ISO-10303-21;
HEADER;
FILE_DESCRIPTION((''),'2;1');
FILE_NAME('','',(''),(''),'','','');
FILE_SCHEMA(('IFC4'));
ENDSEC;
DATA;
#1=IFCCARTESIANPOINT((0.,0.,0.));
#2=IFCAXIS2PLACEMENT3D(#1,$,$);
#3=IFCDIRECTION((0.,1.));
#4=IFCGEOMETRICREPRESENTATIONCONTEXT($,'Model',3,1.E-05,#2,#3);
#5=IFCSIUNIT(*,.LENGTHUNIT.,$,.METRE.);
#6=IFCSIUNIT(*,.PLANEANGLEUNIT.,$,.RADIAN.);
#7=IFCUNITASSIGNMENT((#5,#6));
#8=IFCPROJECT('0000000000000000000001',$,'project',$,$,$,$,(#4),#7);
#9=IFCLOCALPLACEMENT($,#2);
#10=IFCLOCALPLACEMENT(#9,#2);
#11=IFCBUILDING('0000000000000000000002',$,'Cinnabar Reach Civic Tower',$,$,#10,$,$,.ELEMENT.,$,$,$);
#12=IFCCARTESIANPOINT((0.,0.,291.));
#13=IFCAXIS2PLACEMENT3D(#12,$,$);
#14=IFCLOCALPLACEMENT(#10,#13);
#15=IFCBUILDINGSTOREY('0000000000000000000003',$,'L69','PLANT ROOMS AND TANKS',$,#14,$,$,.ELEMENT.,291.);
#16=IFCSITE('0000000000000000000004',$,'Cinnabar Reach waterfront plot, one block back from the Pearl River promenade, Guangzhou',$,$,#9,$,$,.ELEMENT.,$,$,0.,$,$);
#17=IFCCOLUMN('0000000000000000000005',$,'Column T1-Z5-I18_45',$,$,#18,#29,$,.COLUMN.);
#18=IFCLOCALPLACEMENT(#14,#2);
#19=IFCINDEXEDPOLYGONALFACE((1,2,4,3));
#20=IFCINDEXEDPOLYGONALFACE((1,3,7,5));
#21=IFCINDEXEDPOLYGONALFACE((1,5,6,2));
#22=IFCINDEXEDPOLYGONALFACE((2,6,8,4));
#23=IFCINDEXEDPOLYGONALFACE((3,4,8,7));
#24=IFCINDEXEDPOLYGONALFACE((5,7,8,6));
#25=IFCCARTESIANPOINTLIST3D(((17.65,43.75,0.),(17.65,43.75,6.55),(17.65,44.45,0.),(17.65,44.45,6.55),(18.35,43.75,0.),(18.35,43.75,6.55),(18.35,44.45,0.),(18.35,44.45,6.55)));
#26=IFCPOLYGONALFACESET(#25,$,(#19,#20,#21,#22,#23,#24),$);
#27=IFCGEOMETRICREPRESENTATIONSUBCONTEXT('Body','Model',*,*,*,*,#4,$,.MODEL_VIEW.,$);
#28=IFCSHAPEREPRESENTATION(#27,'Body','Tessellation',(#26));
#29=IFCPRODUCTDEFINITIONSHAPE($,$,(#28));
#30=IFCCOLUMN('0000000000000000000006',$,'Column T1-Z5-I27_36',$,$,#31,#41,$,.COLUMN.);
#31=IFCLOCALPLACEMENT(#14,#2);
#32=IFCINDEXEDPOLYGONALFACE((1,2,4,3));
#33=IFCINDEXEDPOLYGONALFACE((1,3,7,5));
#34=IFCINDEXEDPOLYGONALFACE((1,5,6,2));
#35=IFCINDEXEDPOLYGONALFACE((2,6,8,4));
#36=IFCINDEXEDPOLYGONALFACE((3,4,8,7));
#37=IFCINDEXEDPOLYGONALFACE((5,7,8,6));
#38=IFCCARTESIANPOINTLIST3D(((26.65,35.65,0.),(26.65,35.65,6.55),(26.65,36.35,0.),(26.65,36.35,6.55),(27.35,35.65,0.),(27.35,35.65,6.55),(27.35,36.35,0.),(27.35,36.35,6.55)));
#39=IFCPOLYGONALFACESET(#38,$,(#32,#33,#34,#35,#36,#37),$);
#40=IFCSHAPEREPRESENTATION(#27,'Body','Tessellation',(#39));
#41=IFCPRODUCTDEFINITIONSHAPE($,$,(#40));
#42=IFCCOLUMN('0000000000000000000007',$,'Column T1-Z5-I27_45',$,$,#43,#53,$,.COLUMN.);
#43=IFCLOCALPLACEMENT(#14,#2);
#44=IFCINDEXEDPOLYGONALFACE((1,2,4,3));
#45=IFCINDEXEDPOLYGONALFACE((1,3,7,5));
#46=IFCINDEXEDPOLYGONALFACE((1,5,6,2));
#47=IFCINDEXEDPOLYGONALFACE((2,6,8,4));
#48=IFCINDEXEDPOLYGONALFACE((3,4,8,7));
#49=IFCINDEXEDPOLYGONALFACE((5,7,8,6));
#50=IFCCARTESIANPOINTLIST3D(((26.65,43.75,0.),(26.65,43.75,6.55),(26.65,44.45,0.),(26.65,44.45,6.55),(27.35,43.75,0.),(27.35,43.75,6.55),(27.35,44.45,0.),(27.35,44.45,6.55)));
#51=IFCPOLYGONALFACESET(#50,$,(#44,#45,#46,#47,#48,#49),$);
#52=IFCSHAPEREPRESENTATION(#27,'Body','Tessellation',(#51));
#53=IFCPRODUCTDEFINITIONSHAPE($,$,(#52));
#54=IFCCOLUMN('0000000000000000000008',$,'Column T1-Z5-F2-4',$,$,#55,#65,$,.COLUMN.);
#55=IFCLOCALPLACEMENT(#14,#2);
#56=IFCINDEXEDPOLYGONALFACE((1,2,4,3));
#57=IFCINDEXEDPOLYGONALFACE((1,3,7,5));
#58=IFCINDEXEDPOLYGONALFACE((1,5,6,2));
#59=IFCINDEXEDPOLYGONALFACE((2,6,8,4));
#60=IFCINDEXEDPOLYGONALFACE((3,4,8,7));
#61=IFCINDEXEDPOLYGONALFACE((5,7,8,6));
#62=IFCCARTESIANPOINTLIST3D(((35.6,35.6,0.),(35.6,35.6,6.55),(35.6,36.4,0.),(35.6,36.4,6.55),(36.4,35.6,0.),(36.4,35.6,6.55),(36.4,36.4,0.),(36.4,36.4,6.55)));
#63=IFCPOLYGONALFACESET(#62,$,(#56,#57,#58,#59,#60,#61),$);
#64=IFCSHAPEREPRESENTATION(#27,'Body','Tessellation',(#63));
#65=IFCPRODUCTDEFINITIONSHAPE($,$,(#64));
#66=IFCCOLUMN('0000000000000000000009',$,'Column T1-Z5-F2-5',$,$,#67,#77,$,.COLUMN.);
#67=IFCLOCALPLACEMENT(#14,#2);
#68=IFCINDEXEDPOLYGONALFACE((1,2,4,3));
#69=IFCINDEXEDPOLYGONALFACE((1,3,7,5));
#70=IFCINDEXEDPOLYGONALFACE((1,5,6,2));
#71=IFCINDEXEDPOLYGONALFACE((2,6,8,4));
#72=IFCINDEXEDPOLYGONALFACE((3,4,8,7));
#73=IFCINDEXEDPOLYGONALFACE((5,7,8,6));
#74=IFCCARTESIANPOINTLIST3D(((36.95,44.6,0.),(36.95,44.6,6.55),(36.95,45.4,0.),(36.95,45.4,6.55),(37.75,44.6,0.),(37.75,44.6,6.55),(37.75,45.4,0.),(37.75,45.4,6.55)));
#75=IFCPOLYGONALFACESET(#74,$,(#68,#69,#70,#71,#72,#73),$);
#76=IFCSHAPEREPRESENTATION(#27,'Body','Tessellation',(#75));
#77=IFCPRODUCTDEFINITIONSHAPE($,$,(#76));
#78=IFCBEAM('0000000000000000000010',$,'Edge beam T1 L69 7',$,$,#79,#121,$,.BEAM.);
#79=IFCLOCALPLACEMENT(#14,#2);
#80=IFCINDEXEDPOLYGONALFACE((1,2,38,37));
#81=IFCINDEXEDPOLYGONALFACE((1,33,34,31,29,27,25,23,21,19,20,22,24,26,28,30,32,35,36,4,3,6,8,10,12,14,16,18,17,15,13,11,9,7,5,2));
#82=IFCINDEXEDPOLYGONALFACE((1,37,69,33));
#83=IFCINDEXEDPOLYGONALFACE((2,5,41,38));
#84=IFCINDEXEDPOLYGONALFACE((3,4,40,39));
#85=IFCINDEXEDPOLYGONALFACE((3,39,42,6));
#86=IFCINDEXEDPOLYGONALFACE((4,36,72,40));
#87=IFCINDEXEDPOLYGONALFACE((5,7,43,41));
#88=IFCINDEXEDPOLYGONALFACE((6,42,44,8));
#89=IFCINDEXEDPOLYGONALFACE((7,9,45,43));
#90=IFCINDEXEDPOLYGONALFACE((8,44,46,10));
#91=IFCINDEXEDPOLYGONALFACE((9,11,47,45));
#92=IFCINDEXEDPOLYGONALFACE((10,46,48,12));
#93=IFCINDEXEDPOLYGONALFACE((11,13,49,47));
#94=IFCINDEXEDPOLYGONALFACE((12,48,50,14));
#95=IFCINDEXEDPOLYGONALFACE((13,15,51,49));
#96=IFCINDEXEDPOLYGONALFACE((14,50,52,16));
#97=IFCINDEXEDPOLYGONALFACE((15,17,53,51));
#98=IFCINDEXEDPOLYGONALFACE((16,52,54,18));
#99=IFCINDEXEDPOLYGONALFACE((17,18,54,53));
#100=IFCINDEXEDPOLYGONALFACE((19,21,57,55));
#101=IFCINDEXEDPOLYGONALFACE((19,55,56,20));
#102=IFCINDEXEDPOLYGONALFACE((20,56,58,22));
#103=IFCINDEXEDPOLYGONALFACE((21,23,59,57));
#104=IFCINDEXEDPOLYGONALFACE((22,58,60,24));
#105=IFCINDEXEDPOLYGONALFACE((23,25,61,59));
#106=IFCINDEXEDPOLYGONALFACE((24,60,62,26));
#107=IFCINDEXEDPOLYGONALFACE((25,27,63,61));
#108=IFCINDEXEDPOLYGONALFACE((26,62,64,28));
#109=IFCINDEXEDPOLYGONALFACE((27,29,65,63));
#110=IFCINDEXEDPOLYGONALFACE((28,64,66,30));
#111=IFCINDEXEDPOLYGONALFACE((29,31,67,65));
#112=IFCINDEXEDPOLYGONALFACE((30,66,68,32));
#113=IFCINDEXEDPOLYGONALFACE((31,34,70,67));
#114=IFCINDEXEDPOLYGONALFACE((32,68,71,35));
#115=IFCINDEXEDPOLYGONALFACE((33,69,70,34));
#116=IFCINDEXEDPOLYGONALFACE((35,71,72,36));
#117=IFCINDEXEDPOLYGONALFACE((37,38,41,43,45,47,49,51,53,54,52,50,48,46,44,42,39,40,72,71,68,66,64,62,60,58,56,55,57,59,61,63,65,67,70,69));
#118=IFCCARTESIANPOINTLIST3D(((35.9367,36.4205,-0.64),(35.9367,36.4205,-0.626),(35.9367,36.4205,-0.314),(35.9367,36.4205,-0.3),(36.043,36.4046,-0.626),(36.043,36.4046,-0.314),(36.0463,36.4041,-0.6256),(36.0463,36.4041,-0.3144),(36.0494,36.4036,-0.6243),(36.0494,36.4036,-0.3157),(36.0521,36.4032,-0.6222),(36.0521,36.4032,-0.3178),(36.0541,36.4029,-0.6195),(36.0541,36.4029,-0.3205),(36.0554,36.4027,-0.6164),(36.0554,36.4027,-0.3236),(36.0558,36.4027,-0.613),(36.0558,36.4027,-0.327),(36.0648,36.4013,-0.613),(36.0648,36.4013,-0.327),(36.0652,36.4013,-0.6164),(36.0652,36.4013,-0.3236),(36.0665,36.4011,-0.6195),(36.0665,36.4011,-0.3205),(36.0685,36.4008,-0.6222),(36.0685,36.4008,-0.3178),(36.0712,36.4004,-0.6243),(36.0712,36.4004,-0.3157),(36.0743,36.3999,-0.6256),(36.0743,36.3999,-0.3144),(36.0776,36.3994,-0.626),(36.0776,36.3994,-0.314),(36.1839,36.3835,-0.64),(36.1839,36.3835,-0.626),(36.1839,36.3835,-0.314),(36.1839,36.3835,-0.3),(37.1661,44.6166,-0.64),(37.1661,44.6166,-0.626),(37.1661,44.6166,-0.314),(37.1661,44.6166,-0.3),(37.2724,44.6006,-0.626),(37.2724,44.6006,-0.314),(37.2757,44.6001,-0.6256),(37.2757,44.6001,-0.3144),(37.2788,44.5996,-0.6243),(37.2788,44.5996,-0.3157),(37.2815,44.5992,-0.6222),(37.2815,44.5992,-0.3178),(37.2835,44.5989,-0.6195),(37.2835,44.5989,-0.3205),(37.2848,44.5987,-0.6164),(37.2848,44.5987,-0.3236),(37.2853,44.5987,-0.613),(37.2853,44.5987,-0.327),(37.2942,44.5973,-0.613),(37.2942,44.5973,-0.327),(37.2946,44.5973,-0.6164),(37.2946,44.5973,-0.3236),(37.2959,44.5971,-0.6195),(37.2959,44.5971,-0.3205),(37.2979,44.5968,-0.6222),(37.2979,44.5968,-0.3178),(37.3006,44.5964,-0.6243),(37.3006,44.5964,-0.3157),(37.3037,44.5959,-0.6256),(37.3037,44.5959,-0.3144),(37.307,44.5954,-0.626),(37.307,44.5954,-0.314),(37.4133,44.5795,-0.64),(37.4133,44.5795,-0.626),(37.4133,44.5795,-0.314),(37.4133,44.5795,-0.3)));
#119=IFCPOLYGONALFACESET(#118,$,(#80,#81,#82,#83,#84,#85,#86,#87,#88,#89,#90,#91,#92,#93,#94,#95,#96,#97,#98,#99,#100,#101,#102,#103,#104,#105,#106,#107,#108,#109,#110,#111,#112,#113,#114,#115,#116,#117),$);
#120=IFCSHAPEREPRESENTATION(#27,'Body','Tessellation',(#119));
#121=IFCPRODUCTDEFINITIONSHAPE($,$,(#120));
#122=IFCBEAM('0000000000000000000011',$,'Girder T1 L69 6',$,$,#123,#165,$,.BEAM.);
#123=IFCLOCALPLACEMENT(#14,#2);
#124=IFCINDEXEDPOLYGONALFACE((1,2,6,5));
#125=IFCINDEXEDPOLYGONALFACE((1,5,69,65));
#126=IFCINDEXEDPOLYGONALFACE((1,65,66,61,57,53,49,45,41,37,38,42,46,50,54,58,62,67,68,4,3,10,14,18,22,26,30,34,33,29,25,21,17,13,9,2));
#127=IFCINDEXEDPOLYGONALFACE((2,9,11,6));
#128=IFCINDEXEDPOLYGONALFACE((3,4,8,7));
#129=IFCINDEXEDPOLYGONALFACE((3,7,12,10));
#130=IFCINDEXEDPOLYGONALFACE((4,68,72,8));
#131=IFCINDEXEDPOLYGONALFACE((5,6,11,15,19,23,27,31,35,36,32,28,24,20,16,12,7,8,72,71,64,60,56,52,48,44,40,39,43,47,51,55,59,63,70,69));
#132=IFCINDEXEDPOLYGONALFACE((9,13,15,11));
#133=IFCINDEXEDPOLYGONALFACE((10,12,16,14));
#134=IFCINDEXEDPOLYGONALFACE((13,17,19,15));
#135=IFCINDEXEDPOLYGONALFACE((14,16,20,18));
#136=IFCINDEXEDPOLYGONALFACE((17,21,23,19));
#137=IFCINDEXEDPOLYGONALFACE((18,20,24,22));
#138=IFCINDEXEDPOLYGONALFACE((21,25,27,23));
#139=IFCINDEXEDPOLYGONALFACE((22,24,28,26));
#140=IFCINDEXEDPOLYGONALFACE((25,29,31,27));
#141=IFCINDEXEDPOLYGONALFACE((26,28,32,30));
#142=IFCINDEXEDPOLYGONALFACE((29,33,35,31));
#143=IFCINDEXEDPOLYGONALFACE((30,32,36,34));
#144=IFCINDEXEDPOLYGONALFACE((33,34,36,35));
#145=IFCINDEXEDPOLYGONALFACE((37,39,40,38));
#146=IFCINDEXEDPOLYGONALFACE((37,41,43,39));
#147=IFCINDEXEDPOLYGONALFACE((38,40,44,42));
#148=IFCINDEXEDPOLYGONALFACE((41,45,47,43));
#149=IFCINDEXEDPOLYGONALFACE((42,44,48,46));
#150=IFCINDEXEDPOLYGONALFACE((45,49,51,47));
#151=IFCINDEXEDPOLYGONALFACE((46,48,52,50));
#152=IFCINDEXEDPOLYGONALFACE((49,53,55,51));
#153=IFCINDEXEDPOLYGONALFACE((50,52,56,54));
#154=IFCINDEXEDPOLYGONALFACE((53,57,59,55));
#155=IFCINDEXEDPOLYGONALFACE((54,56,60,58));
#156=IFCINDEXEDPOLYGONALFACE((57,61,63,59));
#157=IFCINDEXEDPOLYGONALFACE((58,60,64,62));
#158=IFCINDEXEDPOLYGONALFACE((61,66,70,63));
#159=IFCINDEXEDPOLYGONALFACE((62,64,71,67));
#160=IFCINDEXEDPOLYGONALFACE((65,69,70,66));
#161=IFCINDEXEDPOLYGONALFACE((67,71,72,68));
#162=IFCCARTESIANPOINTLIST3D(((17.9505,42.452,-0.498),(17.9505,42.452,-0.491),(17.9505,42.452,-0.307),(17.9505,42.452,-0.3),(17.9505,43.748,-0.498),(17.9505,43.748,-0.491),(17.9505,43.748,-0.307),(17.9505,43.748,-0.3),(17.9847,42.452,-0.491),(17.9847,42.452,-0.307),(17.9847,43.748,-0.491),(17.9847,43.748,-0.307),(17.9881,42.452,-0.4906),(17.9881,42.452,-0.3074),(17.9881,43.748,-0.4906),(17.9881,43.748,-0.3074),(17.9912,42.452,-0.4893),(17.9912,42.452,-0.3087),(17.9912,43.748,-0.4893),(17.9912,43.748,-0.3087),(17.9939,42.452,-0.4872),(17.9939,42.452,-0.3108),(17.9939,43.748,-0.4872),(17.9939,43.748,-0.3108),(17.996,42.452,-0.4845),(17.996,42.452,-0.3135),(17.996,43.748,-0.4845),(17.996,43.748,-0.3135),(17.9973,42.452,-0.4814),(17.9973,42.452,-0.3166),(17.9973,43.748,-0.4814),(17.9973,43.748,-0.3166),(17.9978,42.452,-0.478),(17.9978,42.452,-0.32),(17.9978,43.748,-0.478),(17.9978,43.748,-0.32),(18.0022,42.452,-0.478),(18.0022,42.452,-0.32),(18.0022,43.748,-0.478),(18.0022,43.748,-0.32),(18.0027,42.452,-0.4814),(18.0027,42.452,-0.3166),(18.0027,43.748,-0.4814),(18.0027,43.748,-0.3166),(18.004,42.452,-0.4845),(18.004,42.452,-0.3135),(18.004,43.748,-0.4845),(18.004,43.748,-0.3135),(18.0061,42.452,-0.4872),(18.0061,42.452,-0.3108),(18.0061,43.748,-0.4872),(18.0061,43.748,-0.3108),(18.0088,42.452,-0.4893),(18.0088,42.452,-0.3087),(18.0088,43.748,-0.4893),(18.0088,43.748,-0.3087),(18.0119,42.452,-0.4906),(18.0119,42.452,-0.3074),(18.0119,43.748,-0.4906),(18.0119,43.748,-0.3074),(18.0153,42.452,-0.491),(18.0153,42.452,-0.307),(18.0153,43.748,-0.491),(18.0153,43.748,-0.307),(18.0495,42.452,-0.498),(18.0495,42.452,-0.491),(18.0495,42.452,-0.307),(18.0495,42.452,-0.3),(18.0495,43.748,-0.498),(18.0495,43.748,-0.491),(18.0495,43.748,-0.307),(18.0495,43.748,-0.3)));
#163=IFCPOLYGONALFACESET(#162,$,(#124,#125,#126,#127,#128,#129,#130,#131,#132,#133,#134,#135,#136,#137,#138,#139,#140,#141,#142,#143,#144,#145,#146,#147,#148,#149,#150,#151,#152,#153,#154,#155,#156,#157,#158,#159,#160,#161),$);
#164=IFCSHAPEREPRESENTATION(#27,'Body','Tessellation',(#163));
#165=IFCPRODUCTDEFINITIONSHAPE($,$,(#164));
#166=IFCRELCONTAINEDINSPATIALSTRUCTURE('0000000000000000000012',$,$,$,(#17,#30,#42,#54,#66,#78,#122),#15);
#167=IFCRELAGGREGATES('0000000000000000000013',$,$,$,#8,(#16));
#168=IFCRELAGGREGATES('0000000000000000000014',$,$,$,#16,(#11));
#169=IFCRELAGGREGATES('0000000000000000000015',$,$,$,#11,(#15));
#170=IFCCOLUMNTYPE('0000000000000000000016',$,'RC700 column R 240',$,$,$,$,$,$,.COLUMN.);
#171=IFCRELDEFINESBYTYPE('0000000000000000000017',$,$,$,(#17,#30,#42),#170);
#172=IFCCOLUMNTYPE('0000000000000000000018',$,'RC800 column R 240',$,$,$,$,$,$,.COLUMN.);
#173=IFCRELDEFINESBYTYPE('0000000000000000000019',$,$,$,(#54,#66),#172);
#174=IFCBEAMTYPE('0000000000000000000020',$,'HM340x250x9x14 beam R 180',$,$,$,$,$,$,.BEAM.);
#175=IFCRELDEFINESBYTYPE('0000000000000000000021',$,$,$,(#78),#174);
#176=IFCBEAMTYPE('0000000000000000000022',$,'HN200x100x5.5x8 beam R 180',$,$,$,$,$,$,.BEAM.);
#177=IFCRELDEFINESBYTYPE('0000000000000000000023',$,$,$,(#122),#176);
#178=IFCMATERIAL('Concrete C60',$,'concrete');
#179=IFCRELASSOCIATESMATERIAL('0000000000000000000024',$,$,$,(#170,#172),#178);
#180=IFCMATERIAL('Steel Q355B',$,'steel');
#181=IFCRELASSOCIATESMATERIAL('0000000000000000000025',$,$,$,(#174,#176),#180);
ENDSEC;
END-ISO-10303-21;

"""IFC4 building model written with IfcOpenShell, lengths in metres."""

from ifc_helpers import new_model, si_unit, direction, frame, origin, origin_2d, place, context, subcontext, project, spatial, rectangle, i_section, extrude, material, material_profile, profile_set, type_object, element, save


model = new_model("IFC4")

# Units and contexts
model_context = context("Model", 3, precision=1e-05, world=origin(), true_north=direction((0.0, 1.0)))
body_context = subcontext(model_context, "Body", "Model", "MODEL_VIEW")
ifc_project = project(units=[si_unit("LENGTHUNIT", "METRE"), si_unit("PLANEANGLEUNIT", "RADIAN")], contexts=[model_context])

# Site, building, storey
site_placement = place(None, origin())
site = spatial("IfcSite", under=ifc_project, at=site_placement, Name="Cinnabar Reach waterfront plot, one block back from the Pearl River promenade, Guangzhou", CompositionType="ELEMENT", RefElevation=0.0)
building_placement = place(site_placement, origin())
building = spatial("IfcBuilding", under=site, at=building_placement, Name="Cinnabar Reach Civic Tower", CompositionType="ELEMENT")
storey_placement = place(building_placement, frame((0.0, 0.0, 291.0)))
storey = spatial("IfcBuildingStorey", under=building, at=storey_placement, Name="L69", Description="PLANT ROOMS AND TANKS", CompositionType="ELEMENT", Elevation=291.0)

# Columns
ifc_material_1 = material(Name="Concrete C60", Category="concrete")
ifc_material_profile_1 = material_profile(ifc_material_1, rectangle(XDim=0.7, YDim=0.7, at=origin_2d()), Name="RC700")
ifc_profile_set_1 = profile_set([ifc_material_profile_1], Name="Concrete C60")
column_type_1 = type_object("IfcColumnType", Name="RC700 column R 240", PredefinedType="COLUMN", material=ifc_profile_set_1)
for number, where, z_axis, x_axis, name in (
    (1, (18.0, 44.1, 0.0), (0.0, 0.0, 1.0), (1.0, 0.0, 0.0), "Column T1-Z5-I18_45"),
    (2, (27.0, 36.0, 0.0), (0.0, 0.0, 1.0), (1.0, 0.0, 0.0), "Column T1-Z5-I27_36"),
    (3, (27.0, 44.1, 0.0), (0.0, 0.0, 1.0), (1.0, 0.0, 0.0), "Column T1-Z5-I27_45"),
):
    element("IfcColumn", number, at=place(storey_placement, frame(where, z_axis=z_axis, x_axis=x_axis)), inside=storey, type_object=column_type_1, Name=name, PredefinedType="COLUMN", context=body_context, shape_type="SweptSolid", body=[
        extrude(rectangle(XDim=0.7, YDim=0.7, at=origin_2d()), origin(), (0.0, 0.0, 1.0), 6.55),
    ])
ifc_material_profile_2 = material_profile(ifc_material_1, rectangle(XDim=0.8, YDim=0.8, at=origin_2d()), Name="RC800")
ifc_profile_set_2 = profile_set([ifc_material_profile_2], Name="Concrete C60")
column_type_2 = type_object("IfcColumnType", Name="RC800 column R 240", PredefinedType="COLUMN", material=ifc_profile_set_2)
for number, where, z_axis, x_axis, name in (
    (4, (36.0, 36.0, 0.0), (0.0, 0.0, 1.0), (1.0, 0.0, 0.0), "Column T1-Z5-F2-4"),
    (5, (37.35, 45.0, 0.0), (0.0, 0.0, 1.0), (1.0, 0.0, 0.0), "Column T1-Z5-F2-5"),
):
    element("IfcColumn", number, at=place(storey_placement, frame(where, z_axis=z_axis, x_axis=x_axis)), inside=storey, type_object=column_type_2, Name=name, PredefinedType="COLUMN", context=body_context, shape_type="SweptSolid", body=[
        extrude(rectangle(XDim=0.8, YDim=0.8, at=origin_2d()), origin(), (0.0, 0.0, 1.0), 6.55),
    ])

# Beams
ifc_material_2 = material(Name="Steel Q355B", Category="steel")
ifc_material_profile_3 = material_profile(ifc_material_2, i_section(OverallWidth=0.25, OverallDepth=0.34, WebThickness=0.009, FlangeThickness=0.014, FilletRadius=0.013, at=origin_2d()), Name="HM340x250x9x14")
ifc_profile_set_3 = profile_set([ifc_material_profile_3], Name="Steel Q355B")
beam_type_1 = type_object("IfcBeamType", Name="HM340x250x9x14 beam R 180", PredefinedType="BEAM", material=ifc_profile_set_3)
beam_1_placement = place(storey_placement, frame((36.0603, 36.402, -0.47), z_axis=(0.14834, 0.988936, 0.0), x_axis=(-0.988936, 0.14834, 0.0)))
element("IfcBeam", 6, at=beam_1_placement, inside=storey, type_object=beam_type_1, Name="Edge beam T1 L69 7", PredefinedType="BEAM", context=body_context, shape_type="SweptSolid", body=[
    extrude(i_section(OverallWidth=0.25, OverallDepth=0.34, WebThickness=0.009, FlangeThickness=0.014, FilletRadius=0.013, at=origin_2d()), origin(), (0.0, 0.0, 1.0), 8.2877),
])
ifc_material_profile_4 = material_profile(ifc_material_2, i_section(OverallWidth=0.099, OverallDepth=0.198, WebThickness=0.0045, FlangeThickness=0.007, FilletRadius=0.013, at=origin_2d()), Name="HN200x100x5.5x8")
ifc_profile_set_4 = profile_set([ifc_material_profile_4], Name="Steel Q355B")
beam_type_2 = type_object("IfcBeamType", Name="HN200x100x5.5x8 beam R 180", PredefinedType="BEAM", material=ifc_profile_set_4)
beam_2_placement = place(storey_placement, frame((18.0, 42.452, -0.399), z_axis=(0.0, 1.0, 0.0), x_axis=(-1.0, 0.0, 0.0)))
element("IfcBeam", 7, at=beam_2_placement, inside=storey, type_object=beam_type_2, Name="Girder T1 L69 6", PredefinedType="BEAM", context=body_context, shape_type="SweptSolid", body=[
    extrude(i_section(OverallWidth=0.099, OverallDepth=0.198, WebThickness=0.0045, FlangeThickness=0.007, FilletRadius=0.013, at=origin_2d()), origin(), (0.0, 0.0, 1.0), 1.296),
])

save(model, "model.ifc")
